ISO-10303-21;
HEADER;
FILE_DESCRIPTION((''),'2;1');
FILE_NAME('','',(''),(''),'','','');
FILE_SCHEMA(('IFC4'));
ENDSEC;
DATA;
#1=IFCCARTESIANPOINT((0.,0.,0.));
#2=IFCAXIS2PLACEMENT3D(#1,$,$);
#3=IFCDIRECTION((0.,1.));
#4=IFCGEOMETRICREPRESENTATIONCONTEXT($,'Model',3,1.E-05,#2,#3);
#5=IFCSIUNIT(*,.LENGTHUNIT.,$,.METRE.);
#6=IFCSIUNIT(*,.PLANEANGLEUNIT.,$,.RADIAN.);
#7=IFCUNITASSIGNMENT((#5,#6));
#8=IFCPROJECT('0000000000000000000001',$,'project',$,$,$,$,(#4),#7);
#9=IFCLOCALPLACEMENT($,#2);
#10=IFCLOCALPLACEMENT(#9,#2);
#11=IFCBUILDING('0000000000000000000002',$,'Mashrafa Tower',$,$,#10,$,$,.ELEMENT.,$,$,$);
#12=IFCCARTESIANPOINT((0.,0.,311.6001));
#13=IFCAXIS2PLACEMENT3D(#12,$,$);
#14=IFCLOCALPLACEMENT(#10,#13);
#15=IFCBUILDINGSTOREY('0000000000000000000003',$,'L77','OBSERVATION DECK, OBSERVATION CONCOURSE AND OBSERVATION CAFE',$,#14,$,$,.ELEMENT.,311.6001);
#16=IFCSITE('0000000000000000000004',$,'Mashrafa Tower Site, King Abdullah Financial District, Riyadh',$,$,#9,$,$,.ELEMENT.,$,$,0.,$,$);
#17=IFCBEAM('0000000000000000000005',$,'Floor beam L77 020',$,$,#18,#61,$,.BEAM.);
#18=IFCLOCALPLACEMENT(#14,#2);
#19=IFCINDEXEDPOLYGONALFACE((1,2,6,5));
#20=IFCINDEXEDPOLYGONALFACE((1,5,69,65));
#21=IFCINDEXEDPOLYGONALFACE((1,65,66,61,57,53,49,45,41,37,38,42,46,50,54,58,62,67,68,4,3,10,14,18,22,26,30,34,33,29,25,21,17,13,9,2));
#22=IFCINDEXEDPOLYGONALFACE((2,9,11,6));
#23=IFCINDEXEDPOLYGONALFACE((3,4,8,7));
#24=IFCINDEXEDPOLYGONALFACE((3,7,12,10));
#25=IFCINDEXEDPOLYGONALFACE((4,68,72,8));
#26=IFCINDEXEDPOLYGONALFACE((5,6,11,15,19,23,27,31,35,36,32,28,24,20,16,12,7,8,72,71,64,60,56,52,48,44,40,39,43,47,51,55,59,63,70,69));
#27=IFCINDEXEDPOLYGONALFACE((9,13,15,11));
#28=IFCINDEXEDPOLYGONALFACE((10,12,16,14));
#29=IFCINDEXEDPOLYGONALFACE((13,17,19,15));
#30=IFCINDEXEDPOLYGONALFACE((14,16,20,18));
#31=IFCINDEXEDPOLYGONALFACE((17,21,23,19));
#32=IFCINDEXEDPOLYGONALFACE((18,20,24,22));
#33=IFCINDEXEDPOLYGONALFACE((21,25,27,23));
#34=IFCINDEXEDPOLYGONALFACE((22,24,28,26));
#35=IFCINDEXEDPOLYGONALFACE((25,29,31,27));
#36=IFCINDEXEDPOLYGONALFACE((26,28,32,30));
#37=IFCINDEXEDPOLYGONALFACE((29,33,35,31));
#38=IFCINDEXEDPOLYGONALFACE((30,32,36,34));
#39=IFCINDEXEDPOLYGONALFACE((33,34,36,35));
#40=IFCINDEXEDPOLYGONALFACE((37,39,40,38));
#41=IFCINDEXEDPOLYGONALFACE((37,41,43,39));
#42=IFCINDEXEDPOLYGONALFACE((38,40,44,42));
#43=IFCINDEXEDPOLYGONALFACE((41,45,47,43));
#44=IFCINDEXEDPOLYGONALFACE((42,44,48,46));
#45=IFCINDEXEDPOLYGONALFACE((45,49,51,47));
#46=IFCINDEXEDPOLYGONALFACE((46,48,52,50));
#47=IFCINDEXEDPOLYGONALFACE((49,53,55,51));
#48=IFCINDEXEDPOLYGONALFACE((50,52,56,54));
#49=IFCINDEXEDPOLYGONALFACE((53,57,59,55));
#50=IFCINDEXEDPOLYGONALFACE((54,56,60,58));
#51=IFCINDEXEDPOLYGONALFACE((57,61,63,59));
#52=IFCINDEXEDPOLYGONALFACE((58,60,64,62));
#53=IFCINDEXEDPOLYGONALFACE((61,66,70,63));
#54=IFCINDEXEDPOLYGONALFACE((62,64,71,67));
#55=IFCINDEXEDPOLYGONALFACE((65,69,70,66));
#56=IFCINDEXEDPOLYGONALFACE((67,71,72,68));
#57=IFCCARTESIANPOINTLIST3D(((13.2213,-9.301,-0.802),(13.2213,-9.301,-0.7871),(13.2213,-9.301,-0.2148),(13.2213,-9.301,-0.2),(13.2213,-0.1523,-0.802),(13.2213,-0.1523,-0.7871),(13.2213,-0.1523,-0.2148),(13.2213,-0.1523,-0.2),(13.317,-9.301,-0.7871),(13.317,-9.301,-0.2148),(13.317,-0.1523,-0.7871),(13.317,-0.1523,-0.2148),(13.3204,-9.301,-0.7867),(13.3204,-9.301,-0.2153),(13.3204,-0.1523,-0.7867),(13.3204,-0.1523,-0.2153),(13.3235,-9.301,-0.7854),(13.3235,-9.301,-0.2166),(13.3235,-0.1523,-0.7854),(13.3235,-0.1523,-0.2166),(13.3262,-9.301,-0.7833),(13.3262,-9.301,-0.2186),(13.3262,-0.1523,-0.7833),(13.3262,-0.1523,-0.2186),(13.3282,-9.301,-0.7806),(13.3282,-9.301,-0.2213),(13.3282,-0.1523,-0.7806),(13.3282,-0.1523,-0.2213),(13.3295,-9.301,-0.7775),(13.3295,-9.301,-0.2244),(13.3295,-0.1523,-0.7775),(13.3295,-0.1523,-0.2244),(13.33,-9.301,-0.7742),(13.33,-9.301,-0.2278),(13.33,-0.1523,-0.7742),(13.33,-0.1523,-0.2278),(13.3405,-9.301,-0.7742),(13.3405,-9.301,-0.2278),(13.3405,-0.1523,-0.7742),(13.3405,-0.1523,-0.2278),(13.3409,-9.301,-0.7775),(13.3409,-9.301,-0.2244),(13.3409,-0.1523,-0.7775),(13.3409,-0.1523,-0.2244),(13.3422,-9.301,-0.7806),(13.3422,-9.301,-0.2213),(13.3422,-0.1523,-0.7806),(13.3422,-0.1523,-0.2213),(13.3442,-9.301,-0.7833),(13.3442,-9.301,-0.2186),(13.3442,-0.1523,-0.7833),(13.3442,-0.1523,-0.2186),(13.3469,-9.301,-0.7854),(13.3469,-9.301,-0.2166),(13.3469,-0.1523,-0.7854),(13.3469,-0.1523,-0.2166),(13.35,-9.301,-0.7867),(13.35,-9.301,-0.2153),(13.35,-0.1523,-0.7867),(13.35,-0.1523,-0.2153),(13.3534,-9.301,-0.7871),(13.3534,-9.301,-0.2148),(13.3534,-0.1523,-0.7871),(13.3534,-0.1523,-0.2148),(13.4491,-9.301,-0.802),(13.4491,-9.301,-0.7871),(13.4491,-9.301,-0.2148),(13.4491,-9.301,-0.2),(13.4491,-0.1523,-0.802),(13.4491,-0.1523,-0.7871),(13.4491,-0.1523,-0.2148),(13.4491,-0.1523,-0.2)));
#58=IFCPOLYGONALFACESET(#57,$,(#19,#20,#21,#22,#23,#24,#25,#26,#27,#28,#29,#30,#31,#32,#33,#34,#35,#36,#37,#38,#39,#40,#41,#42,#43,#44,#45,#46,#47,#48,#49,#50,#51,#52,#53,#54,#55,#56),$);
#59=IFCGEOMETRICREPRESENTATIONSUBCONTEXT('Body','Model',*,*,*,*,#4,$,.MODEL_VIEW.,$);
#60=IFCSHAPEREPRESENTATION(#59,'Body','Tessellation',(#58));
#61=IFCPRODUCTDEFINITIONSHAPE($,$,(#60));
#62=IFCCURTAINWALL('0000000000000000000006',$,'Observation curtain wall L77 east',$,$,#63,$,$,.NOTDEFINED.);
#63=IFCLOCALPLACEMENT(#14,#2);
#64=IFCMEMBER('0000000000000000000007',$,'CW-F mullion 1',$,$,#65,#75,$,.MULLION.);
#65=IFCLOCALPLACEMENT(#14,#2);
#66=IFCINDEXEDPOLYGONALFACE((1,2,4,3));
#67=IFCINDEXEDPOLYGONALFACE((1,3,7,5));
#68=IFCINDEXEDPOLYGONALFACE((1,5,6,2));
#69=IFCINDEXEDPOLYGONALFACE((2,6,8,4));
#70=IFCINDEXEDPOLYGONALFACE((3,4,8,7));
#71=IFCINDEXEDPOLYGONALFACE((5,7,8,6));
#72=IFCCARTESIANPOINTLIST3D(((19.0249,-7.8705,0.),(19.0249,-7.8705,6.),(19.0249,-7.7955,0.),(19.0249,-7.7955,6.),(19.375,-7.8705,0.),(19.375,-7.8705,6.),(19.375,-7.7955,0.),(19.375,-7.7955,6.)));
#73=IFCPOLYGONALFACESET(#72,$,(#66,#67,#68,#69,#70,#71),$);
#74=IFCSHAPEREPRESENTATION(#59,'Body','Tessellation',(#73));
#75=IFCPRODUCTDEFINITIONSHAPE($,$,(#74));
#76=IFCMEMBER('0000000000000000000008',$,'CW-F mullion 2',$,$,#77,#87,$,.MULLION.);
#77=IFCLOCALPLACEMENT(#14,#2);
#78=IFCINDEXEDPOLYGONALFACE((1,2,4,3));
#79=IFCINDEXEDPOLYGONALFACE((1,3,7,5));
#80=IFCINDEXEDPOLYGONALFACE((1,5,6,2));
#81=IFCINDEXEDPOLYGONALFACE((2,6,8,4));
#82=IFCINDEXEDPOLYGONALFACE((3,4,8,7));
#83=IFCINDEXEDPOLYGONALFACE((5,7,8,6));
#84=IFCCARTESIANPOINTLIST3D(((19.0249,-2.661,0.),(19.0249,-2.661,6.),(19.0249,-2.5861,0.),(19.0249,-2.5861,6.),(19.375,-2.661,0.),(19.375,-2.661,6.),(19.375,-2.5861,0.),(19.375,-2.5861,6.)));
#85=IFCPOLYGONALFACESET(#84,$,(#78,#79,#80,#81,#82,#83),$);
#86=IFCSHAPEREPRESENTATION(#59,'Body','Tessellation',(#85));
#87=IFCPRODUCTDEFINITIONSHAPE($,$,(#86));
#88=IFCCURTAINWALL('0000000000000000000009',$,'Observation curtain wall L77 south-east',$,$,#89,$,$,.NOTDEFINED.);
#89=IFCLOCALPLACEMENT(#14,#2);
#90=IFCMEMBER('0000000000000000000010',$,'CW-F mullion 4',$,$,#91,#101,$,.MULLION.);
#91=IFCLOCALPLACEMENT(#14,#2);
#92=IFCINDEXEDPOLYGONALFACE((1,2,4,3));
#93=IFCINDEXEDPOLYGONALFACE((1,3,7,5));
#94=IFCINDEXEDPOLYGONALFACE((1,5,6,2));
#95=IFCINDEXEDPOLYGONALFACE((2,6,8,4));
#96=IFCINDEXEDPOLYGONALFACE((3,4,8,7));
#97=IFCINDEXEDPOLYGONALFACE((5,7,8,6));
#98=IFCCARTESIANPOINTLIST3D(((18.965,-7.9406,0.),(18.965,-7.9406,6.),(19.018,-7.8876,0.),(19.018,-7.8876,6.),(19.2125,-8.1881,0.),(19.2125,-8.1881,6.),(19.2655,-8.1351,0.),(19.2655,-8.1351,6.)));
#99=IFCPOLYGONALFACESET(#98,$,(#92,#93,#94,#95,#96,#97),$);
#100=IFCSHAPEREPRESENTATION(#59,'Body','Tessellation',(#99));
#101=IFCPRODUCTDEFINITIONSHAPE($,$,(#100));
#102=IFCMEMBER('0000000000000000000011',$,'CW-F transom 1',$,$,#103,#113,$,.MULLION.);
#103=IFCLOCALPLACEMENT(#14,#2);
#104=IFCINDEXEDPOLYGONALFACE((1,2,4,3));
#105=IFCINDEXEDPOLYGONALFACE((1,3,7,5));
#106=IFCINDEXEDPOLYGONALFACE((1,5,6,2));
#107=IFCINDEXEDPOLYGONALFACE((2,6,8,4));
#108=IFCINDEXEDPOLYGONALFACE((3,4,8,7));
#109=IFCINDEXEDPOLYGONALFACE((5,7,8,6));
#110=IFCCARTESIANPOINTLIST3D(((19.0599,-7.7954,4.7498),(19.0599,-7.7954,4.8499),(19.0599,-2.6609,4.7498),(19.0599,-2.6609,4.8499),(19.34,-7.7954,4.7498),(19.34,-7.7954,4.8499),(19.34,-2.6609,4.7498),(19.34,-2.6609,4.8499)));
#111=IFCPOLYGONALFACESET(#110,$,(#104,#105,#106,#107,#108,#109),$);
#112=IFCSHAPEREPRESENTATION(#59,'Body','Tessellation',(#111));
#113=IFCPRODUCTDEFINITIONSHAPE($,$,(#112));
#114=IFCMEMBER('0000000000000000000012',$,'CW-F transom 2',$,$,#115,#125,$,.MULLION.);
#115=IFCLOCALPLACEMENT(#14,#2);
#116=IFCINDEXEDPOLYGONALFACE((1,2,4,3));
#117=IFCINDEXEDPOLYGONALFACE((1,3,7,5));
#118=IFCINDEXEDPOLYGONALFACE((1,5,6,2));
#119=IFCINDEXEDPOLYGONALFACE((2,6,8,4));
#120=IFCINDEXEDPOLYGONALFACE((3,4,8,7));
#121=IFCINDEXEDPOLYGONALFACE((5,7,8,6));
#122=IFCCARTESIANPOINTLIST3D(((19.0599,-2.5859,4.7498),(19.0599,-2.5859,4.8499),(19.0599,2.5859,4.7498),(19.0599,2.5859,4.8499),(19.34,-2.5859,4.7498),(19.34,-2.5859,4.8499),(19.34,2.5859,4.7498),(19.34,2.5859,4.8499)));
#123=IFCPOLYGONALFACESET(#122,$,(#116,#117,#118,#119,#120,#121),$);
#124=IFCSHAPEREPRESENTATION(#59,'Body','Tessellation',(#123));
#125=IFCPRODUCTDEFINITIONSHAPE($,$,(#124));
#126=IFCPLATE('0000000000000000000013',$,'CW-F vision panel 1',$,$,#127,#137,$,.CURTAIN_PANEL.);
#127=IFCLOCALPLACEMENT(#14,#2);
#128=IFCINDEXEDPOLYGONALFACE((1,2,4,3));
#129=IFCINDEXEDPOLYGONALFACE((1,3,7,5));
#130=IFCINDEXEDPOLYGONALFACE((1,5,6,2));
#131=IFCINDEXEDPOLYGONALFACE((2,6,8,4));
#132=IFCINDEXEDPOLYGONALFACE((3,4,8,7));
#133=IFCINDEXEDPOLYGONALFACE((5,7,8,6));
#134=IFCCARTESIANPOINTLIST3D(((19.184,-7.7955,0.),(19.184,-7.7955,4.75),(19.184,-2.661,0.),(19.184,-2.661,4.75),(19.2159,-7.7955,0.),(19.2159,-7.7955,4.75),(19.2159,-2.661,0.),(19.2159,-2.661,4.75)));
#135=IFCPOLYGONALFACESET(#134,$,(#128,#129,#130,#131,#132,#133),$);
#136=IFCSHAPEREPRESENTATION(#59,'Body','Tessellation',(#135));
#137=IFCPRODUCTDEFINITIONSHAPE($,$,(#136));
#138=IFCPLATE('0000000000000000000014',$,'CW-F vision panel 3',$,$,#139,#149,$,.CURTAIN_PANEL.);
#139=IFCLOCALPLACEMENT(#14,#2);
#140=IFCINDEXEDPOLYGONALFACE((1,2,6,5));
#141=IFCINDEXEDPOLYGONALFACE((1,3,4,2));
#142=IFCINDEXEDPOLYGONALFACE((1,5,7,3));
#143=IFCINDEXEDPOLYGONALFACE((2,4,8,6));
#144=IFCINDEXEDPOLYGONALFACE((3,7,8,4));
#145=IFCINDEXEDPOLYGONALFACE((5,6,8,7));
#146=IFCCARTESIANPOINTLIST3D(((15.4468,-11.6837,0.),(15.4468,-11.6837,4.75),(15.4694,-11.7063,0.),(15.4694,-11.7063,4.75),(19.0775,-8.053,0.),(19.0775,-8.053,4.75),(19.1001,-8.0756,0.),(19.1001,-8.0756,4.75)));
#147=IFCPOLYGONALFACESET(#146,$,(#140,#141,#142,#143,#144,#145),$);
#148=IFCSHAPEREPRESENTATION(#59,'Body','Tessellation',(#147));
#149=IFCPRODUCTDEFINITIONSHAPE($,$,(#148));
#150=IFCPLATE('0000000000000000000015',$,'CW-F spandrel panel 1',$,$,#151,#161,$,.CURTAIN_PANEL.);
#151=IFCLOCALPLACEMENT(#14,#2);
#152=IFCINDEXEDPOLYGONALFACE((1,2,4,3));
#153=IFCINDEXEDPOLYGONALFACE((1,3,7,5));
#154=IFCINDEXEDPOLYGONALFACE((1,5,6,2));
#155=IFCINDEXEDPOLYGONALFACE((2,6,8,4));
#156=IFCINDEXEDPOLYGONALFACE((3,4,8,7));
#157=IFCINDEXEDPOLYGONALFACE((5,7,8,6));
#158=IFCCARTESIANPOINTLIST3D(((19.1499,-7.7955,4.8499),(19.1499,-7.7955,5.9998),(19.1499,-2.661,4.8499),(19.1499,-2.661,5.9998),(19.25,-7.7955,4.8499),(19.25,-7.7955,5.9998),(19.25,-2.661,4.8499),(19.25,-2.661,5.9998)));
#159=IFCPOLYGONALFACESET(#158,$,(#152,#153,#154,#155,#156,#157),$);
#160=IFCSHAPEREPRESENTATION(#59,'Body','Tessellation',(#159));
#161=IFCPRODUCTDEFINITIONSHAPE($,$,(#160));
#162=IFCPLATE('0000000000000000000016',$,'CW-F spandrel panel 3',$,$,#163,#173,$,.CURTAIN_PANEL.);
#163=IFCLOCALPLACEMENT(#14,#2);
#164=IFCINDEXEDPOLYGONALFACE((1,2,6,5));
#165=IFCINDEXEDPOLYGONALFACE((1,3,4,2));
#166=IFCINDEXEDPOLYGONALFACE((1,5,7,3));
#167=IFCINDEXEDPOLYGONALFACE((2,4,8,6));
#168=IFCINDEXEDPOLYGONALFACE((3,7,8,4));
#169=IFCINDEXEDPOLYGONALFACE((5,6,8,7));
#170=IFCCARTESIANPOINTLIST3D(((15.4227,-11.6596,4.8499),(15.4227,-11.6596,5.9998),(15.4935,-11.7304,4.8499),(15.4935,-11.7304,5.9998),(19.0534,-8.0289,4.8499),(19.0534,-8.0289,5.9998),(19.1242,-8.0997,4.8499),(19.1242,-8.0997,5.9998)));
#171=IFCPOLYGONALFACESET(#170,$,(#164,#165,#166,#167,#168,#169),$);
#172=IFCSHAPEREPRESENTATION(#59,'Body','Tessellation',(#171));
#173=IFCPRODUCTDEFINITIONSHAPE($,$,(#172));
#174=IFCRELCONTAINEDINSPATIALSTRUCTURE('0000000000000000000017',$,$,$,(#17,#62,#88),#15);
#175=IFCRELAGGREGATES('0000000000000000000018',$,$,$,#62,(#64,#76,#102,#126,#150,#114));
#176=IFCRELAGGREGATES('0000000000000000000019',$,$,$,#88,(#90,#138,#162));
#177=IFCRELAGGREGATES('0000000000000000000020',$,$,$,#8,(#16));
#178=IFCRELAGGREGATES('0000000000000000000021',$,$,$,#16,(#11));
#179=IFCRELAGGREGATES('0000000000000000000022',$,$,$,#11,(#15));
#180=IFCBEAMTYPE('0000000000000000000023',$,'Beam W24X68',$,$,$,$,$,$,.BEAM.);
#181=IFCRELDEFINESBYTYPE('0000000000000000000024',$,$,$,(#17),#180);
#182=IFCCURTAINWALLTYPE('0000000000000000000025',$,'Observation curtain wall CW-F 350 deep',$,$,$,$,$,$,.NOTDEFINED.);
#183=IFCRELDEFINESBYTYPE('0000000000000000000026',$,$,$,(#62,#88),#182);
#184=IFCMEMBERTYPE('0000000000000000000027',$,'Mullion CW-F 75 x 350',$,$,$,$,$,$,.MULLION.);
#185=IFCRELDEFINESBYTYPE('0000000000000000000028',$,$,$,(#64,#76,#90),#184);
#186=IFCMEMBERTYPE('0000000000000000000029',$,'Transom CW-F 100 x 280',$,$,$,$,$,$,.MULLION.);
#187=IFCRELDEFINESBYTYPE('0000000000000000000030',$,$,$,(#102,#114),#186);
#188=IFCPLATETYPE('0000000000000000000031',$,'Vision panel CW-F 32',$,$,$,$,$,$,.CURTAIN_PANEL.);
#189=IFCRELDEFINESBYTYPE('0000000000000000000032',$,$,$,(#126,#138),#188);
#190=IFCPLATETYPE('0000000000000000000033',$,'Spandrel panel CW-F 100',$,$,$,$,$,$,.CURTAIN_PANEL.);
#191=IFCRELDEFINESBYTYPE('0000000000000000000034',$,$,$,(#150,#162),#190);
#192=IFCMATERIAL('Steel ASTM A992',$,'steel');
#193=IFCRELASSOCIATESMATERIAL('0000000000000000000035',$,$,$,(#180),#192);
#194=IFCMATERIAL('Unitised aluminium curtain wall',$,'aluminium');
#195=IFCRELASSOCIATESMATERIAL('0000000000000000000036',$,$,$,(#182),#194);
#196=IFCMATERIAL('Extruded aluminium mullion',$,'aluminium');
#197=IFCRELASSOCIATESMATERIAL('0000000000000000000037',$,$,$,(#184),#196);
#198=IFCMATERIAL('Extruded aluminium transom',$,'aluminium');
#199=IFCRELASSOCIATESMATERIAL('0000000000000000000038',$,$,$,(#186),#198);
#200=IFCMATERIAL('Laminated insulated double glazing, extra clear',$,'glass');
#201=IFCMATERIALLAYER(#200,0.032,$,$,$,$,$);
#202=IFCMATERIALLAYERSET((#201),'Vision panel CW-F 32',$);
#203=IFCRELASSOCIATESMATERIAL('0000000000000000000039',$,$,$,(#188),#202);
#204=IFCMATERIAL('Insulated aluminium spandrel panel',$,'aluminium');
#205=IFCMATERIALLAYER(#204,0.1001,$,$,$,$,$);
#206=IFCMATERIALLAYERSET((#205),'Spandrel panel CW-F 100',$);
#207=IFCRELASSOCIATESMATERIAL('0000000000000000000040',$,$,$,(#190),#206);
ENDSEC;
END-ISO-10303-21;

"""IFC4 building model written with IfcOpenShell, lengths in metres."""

from ifc_helpers import new_model, si_unit, direction, frame, origin, origin_2d, place, context, subcontext, project, spatial, rectangle, i_section, extrude, source, transform, mapped, material, layer, layer_set, material_profile, profile_set, type_object, type_shapes, element, aggregate, save


model = new_model("IFC4")

# Units and contexts
model_context = context("Model", 3, precision=1e-05, world=origin(), true_north=direction((0.0, 1.0)))
body_context = subcontext(model_context, "Body", "Model", "MODEL_VIEW")
ifc_project = project(units=[si_unit("LENGTHUNIT", "METRE"), si_unit("PLANEANGLEUNIT", "RADIAN")], contexts=[model_context])

# Site, building, storey
site_placement = place(None, origin())
site = spatial("IfcSite", under=ifc_project, at=site_placement, Name="Mashrafa Tower Site, King Abdullah Financial District, Riyadh", CompositionType="ELEMENT", RefElevation=0.0)
building_placement = place(site_placement, origin())
building = spatial("IfcBuilding", under=site, at=building_placement, Name="Mashrafa Tower", CompositionType="ELEMENT")
storey_placement = place(building_placement, frame((0.0, 0.0, 311.6001)))
storey = spatial("IfcBuildingStorey", under=building, at=storey_placement, Name="L77", Description="OBSERVATION DECK, OBSERVATION CONCOURSE AND OBSERVATION CAFE", CompositionType="ELEMENT", Elevation=311.6001)

# Beam
ifc_material_1 = material(Name="Steel ASTM A992", Category="steel")
ifc_material_profile_1 = material_profile(ifc_material_1, i_section(OverallWidth=0.2278, OverallDepth=0.6021, WebThickness=0.0105, FlangeThickness=0.0149, FilletRadius=0.0129, at=origin_2d()), Name="W24X68")
ifc_profile_set_1 = profile_set([ifc_material_profile_1], Name="Steel ASTM A992")
beam_type_1 = type_object("IfcBeamType", Name="Beam W24X68", PredefinedType="BEAM", material=ifc_profile_set_1)
beam_1_placement = place(storey_placement, frame((13.3352, -0.1523, -0.501), z_axis=(0.0, -1.0, 0.0), x_axis=(1.0, 0.0, 0.0)))
element("IfcBeam", 1, at=beam_1_placement, inside=storey, type_object=beam_type_1, Name="Floor beam L77 020", PredefinedType="BEAM", context=body_context, shape_type="SweptSolid", body=[
    extrude(i_section(OverallWidth=0.2278, OverallDepth=0.6021, WebThickness=0.0105, FlangeThickness=0.0149, FilletRadius=0.0129, at=origin_2d()), origin(), (0.0, 0.0, 1.0), 9.1487),
])

# Curtain wall, members
ifc_material_2 = material(Name="Unitised aluminium curtain wall", Category="aluminium")
curtain_wall_type = type_object("IfcCurtainWallType", Name="Observation curtain wall CW-F 350 deep", PredefinedType="NOTDEFINED", material=ifc_material_2)
curtain_wall_1_placement = place(storey_placement, origin())
curtain_wall_1 = element("IfcCurtainWall", 2, at=curtain_wall_1_placement, inside=storey, type_object=curtain_wall_type, Name="Observation curtain wall L77 east", PredefinedType="NOTDEFINED")
ifc_material_3 = material(Name="Extruded aluminium mullion", Category="aluminium")
ifc_material_profile_2 = material_profile(ifc_material_3, rectangle(XDim=0.3501, YDim=0.075, at=origin_2d()), Name="Mullion 75x350")
ifc_profile_set_2 = profile_set([ifc_material_profile_2], Name="Extruded aluminium mullion")
member_type_1 = type_object("IfcMemberType", Name="Mullion CW-F 75 x 350", PredefinedType="MULLION", material=ifc_profile_set_2)
shared_shape_1 = source(origin(), body_context, "Body", "SweptSolid", [
    extrude(rectangle(XDim=0.3501, YDim=0.075, at=origin_2d()), origin(), (0.0, 0.0, 1.0), 6.0),
])
type_shapes(member_type_1, [shared_shape_1])
member_1_placement = place(storey_placement, frame((19.2, -7.833, 0.0), z_axis=(0.0, 0.0, 1.0), x_axis=(-1.0, 0.0, 0.0)))
member_1 = element("IfcMember", 3, at=member_1_placement, type_object=member_type_1, Name="CW-F mullion 1", PredefinedType="MULLION", context=body_context, shape_type="MappedRepresentation", body=[
    mapped(shared_shape_1, transform((0.0, 0.0, 0.0))),
])
member_2_placement = place(storey_placement, frame((19.2, -2.6235, 0.0), z_axis=(0.0, 0.0, 1.0), x_axis=(-1.0, 0.0, 0.0)))
member_2 = element("IfcMember", 4, at=member_2_placement, type_object=member_type_1, Name="CW-F mullion 2", PredefinedType="MULLION", context=body_context, shape_type="MappedRepresentation", body=[
    mapped(shared_shape_1, transform((0.0, 0.0, 0.0))),
])

# Curtain wall, member
curtain_wall_2_placement = place(storey_placement, origin())
curtain_wall_2 = element("IfcCurtainWall", 5, at=curtain_wall_2_placement, inside=storey, type_object=curtain_wall_type, Name="Observation curtain wall L77 south-east", PredefinedType="NOTDEFINED")
member_3_placement = place(storey_placement, frame((19.1152, -8.0378, 0.0), z_axis=(0.0, 0.0, 1.0), x_axis=(-0.707107, 0.707107, 0.0)))
member_3 = element("IfcMember", 6, at=member_3_placement, type_object=member_type_1, Name="CW-F mullion 4", PredefinedType="MULLION", context=body_context, shape_type="MappedRepresentation", body=[
    mapped(shared_shape_1, transform((0.0, 0.0, 0.0))),
])

# Members
ifc_material_4 = material(Name="Extruded aluminium transom", Category="aluminium")
ifc_material_profile_3 = material_profile(ifc_material_4, rectangle(XDim=0.28, YDim=0.1001, at=origin_2d()), Name="Transom 100x280")
ifc_profile_set_3 = profile_set([ifc_material_profile_3], Name="Extruded aluminium transom")
member_type_2 = type_object("IfcMemberType", Name="Transom CW-F 100 x 280", PredefinedType="MULLION", material=ifc_profile_set_3)
shared_shape_2 = source(origin(), body_context, "Body", "SweptSolid", [
    extrude(rectangle(XDim=0.28, YDim=0.1001, at=origin_2d()), origin(), (0.0, 0.0, 1.0), 5.1345),
])
member_4_placement = place(storey_placement, frame((19.2, -7.7954, 4.7998), z_axis=(0.0, 1.0, 0.0), x_axis=(-1.0, 0.0, 0.0)))
member_4 = element("IfcMember", 7, at=member_4_placement, type_object=member_type_2, Name="CW-F transom 1", PredefinedType="MULLION", context=body_context, shape_type="MappedRepresentation", body=[
    mapped(shared_shape_2, transform((0.0, 0.0, 0.0))),
])
shared_shape_3 = source(origin(), body_context, "Body", "SweptSolid", [
    extrude(rectangle(XDim=0.28, YDim=0.1001, at=origin_2d()), origin(), (0.0, 0.0, 1.0), 5.1719),
])
type_shapes(member_type_2, [shared_shape_2, shared_shape_3])
member_5_placement = place(storey_placement, frame((19.2, -2.5859, 4.7998), z_axis=(0.0, 1.0, 0.0), x_axis=(-1.0, 0.0, 0.0)))
member_5 = element("IfcMember", 8, at=member_5_placement, type_object=member_type_2, Name="CW-F transom 2", PredefinedType="MULLION", context=body_context, shape_type="MappedRepresentation", body=[
    mapped(shared_shape_3, transform((0.0, 0.0, 0.0))),
])

# Plates
ifc_material_5 = material(Name="Laminated insulated double glazing, extra clear", Category="glass")
ifc_layer_1 = layer(ifc_material_5, 0.032)
ifc_layer_set_1 = layer_set([ifc_layer_1], Name="Vision panel CW-F 32")
plate_type_1 = type_object("IfcPlateType", Name="Vision panel CW-F 32", PredefinedType="CURTAIN_PANEL", material=ifc_layer_set_1)
shared_shape_4 = source(origin(), body_context, "Body", "SweptSolid", [
    extrude(rectangle(XDim=5.1345, YDim=0.032, at=origin_2d()), origin(), (0.0, 0.0, 1.0), 4.75),
])
type_shapes(plate_type_1, [shared_shape_4])
plate_1_placement = place(storey_placement, frame((19.2, -5.2283, 0.0), z_axis=(0.0, 0.0, 1.0), x_axis=(0.0, 1.0, 0.0)))
plate_1 = element("IfcPlate", 9, at=plate_1_placement, type_object=plate_type_1, Name="CW-F vision panel 1", PredefinedType="CURTAIN_PANEL", context=body_context, shape_type="MappedRepresentation", body=[
    mapped(shared_shape_4, transform((0.0, 0.0, 0.0))),
])
plate_2_placement = place(storey_placement, frame((17.2734, -9.8796, 0.0), z_axis=(0.0, 0.0, 1.0), x_axis=(0.707107, 0.707107, 0.0)))
plate_2 = element("IfcPlate", 10, at=plate_2_placement, type_object=plate_type_1, Name="CW-F vision panel 3", PredefinedType="CURTAIN_PANEL", context=body_context, shape_type="MappedRepresentation", body=[
    mapped(shared_shape_4, transform((0.0, 0.0, 0.0))),
])
ifc_material_6 = material(Name="Insulated aluminium spandrel panel", Category="aluminium")
ifc_layer_2 = layer(ifc_material_6, 0.1001)
ifc_layer_set_2 = layer_set([ifc_layer_2], Name="Spandrel panel CW-F 100")
plate_type_2 = type_object("IfcPlateType", Name="Spandrel panel CW-F 100", PredefinedType="CURTAIN_PANEL", material=ifc_layer_set_2)
shared_shape_5 = source(origin(), body_context, "Body", "SweptSolid", [
    extrude(rectangle(XDim=5.1345, YDim=0.1001, at=origin_2d()), origin(), (0.0, 0.0, 1.0), 1.1499),
])
type_shapes(plate_type_2, [shared_shape_5])
plate_3_placement = place(storey_placement, frame((19.2, -5.2283, 4.8499), z_axis=(0.0, 0.0, 1.0), x_axis=(0.0, 1.0, 0.0)))
plate_3 = element("IfcPlate", 11, at=plate_3_placement, type_object=plate_type_2, Name="CW-F spandrel panel 1", PredefinedType="CURTAIN_PANEL", context=body_context, shape_type="MappedRepresentation", body=[
    mapped(shared_shape_5, transform((0.0, 0.0, 0.0))),
])
aggregate(curtain_wall_1, [member_1, member_2, member_4, plate_1, plate_3, member_5])
plate_4_placement = place(storey_placement, frame((17.2734, -9.8796, 4.8499), z_axis=(0.0, 0.0, 1.0), x_axis=(0.707107, 0.707107, 0.0)))
plate_4 = element("IfcPlate", 12, at=plate_4_placement, type_object=plate_type_2, Name="CW-F spandrel panel 3", PredefinedType="CURTAIN_PANEL", context=body_context, shape_type="MappedRepresentation", body=[
    mapped(shared_shape_5, transform((0.0, 0.0, 0.0))),
])
aggregate(curtain_wall_2, [member_3, plate_2, plate_4])

save(model, "model.ifc")
